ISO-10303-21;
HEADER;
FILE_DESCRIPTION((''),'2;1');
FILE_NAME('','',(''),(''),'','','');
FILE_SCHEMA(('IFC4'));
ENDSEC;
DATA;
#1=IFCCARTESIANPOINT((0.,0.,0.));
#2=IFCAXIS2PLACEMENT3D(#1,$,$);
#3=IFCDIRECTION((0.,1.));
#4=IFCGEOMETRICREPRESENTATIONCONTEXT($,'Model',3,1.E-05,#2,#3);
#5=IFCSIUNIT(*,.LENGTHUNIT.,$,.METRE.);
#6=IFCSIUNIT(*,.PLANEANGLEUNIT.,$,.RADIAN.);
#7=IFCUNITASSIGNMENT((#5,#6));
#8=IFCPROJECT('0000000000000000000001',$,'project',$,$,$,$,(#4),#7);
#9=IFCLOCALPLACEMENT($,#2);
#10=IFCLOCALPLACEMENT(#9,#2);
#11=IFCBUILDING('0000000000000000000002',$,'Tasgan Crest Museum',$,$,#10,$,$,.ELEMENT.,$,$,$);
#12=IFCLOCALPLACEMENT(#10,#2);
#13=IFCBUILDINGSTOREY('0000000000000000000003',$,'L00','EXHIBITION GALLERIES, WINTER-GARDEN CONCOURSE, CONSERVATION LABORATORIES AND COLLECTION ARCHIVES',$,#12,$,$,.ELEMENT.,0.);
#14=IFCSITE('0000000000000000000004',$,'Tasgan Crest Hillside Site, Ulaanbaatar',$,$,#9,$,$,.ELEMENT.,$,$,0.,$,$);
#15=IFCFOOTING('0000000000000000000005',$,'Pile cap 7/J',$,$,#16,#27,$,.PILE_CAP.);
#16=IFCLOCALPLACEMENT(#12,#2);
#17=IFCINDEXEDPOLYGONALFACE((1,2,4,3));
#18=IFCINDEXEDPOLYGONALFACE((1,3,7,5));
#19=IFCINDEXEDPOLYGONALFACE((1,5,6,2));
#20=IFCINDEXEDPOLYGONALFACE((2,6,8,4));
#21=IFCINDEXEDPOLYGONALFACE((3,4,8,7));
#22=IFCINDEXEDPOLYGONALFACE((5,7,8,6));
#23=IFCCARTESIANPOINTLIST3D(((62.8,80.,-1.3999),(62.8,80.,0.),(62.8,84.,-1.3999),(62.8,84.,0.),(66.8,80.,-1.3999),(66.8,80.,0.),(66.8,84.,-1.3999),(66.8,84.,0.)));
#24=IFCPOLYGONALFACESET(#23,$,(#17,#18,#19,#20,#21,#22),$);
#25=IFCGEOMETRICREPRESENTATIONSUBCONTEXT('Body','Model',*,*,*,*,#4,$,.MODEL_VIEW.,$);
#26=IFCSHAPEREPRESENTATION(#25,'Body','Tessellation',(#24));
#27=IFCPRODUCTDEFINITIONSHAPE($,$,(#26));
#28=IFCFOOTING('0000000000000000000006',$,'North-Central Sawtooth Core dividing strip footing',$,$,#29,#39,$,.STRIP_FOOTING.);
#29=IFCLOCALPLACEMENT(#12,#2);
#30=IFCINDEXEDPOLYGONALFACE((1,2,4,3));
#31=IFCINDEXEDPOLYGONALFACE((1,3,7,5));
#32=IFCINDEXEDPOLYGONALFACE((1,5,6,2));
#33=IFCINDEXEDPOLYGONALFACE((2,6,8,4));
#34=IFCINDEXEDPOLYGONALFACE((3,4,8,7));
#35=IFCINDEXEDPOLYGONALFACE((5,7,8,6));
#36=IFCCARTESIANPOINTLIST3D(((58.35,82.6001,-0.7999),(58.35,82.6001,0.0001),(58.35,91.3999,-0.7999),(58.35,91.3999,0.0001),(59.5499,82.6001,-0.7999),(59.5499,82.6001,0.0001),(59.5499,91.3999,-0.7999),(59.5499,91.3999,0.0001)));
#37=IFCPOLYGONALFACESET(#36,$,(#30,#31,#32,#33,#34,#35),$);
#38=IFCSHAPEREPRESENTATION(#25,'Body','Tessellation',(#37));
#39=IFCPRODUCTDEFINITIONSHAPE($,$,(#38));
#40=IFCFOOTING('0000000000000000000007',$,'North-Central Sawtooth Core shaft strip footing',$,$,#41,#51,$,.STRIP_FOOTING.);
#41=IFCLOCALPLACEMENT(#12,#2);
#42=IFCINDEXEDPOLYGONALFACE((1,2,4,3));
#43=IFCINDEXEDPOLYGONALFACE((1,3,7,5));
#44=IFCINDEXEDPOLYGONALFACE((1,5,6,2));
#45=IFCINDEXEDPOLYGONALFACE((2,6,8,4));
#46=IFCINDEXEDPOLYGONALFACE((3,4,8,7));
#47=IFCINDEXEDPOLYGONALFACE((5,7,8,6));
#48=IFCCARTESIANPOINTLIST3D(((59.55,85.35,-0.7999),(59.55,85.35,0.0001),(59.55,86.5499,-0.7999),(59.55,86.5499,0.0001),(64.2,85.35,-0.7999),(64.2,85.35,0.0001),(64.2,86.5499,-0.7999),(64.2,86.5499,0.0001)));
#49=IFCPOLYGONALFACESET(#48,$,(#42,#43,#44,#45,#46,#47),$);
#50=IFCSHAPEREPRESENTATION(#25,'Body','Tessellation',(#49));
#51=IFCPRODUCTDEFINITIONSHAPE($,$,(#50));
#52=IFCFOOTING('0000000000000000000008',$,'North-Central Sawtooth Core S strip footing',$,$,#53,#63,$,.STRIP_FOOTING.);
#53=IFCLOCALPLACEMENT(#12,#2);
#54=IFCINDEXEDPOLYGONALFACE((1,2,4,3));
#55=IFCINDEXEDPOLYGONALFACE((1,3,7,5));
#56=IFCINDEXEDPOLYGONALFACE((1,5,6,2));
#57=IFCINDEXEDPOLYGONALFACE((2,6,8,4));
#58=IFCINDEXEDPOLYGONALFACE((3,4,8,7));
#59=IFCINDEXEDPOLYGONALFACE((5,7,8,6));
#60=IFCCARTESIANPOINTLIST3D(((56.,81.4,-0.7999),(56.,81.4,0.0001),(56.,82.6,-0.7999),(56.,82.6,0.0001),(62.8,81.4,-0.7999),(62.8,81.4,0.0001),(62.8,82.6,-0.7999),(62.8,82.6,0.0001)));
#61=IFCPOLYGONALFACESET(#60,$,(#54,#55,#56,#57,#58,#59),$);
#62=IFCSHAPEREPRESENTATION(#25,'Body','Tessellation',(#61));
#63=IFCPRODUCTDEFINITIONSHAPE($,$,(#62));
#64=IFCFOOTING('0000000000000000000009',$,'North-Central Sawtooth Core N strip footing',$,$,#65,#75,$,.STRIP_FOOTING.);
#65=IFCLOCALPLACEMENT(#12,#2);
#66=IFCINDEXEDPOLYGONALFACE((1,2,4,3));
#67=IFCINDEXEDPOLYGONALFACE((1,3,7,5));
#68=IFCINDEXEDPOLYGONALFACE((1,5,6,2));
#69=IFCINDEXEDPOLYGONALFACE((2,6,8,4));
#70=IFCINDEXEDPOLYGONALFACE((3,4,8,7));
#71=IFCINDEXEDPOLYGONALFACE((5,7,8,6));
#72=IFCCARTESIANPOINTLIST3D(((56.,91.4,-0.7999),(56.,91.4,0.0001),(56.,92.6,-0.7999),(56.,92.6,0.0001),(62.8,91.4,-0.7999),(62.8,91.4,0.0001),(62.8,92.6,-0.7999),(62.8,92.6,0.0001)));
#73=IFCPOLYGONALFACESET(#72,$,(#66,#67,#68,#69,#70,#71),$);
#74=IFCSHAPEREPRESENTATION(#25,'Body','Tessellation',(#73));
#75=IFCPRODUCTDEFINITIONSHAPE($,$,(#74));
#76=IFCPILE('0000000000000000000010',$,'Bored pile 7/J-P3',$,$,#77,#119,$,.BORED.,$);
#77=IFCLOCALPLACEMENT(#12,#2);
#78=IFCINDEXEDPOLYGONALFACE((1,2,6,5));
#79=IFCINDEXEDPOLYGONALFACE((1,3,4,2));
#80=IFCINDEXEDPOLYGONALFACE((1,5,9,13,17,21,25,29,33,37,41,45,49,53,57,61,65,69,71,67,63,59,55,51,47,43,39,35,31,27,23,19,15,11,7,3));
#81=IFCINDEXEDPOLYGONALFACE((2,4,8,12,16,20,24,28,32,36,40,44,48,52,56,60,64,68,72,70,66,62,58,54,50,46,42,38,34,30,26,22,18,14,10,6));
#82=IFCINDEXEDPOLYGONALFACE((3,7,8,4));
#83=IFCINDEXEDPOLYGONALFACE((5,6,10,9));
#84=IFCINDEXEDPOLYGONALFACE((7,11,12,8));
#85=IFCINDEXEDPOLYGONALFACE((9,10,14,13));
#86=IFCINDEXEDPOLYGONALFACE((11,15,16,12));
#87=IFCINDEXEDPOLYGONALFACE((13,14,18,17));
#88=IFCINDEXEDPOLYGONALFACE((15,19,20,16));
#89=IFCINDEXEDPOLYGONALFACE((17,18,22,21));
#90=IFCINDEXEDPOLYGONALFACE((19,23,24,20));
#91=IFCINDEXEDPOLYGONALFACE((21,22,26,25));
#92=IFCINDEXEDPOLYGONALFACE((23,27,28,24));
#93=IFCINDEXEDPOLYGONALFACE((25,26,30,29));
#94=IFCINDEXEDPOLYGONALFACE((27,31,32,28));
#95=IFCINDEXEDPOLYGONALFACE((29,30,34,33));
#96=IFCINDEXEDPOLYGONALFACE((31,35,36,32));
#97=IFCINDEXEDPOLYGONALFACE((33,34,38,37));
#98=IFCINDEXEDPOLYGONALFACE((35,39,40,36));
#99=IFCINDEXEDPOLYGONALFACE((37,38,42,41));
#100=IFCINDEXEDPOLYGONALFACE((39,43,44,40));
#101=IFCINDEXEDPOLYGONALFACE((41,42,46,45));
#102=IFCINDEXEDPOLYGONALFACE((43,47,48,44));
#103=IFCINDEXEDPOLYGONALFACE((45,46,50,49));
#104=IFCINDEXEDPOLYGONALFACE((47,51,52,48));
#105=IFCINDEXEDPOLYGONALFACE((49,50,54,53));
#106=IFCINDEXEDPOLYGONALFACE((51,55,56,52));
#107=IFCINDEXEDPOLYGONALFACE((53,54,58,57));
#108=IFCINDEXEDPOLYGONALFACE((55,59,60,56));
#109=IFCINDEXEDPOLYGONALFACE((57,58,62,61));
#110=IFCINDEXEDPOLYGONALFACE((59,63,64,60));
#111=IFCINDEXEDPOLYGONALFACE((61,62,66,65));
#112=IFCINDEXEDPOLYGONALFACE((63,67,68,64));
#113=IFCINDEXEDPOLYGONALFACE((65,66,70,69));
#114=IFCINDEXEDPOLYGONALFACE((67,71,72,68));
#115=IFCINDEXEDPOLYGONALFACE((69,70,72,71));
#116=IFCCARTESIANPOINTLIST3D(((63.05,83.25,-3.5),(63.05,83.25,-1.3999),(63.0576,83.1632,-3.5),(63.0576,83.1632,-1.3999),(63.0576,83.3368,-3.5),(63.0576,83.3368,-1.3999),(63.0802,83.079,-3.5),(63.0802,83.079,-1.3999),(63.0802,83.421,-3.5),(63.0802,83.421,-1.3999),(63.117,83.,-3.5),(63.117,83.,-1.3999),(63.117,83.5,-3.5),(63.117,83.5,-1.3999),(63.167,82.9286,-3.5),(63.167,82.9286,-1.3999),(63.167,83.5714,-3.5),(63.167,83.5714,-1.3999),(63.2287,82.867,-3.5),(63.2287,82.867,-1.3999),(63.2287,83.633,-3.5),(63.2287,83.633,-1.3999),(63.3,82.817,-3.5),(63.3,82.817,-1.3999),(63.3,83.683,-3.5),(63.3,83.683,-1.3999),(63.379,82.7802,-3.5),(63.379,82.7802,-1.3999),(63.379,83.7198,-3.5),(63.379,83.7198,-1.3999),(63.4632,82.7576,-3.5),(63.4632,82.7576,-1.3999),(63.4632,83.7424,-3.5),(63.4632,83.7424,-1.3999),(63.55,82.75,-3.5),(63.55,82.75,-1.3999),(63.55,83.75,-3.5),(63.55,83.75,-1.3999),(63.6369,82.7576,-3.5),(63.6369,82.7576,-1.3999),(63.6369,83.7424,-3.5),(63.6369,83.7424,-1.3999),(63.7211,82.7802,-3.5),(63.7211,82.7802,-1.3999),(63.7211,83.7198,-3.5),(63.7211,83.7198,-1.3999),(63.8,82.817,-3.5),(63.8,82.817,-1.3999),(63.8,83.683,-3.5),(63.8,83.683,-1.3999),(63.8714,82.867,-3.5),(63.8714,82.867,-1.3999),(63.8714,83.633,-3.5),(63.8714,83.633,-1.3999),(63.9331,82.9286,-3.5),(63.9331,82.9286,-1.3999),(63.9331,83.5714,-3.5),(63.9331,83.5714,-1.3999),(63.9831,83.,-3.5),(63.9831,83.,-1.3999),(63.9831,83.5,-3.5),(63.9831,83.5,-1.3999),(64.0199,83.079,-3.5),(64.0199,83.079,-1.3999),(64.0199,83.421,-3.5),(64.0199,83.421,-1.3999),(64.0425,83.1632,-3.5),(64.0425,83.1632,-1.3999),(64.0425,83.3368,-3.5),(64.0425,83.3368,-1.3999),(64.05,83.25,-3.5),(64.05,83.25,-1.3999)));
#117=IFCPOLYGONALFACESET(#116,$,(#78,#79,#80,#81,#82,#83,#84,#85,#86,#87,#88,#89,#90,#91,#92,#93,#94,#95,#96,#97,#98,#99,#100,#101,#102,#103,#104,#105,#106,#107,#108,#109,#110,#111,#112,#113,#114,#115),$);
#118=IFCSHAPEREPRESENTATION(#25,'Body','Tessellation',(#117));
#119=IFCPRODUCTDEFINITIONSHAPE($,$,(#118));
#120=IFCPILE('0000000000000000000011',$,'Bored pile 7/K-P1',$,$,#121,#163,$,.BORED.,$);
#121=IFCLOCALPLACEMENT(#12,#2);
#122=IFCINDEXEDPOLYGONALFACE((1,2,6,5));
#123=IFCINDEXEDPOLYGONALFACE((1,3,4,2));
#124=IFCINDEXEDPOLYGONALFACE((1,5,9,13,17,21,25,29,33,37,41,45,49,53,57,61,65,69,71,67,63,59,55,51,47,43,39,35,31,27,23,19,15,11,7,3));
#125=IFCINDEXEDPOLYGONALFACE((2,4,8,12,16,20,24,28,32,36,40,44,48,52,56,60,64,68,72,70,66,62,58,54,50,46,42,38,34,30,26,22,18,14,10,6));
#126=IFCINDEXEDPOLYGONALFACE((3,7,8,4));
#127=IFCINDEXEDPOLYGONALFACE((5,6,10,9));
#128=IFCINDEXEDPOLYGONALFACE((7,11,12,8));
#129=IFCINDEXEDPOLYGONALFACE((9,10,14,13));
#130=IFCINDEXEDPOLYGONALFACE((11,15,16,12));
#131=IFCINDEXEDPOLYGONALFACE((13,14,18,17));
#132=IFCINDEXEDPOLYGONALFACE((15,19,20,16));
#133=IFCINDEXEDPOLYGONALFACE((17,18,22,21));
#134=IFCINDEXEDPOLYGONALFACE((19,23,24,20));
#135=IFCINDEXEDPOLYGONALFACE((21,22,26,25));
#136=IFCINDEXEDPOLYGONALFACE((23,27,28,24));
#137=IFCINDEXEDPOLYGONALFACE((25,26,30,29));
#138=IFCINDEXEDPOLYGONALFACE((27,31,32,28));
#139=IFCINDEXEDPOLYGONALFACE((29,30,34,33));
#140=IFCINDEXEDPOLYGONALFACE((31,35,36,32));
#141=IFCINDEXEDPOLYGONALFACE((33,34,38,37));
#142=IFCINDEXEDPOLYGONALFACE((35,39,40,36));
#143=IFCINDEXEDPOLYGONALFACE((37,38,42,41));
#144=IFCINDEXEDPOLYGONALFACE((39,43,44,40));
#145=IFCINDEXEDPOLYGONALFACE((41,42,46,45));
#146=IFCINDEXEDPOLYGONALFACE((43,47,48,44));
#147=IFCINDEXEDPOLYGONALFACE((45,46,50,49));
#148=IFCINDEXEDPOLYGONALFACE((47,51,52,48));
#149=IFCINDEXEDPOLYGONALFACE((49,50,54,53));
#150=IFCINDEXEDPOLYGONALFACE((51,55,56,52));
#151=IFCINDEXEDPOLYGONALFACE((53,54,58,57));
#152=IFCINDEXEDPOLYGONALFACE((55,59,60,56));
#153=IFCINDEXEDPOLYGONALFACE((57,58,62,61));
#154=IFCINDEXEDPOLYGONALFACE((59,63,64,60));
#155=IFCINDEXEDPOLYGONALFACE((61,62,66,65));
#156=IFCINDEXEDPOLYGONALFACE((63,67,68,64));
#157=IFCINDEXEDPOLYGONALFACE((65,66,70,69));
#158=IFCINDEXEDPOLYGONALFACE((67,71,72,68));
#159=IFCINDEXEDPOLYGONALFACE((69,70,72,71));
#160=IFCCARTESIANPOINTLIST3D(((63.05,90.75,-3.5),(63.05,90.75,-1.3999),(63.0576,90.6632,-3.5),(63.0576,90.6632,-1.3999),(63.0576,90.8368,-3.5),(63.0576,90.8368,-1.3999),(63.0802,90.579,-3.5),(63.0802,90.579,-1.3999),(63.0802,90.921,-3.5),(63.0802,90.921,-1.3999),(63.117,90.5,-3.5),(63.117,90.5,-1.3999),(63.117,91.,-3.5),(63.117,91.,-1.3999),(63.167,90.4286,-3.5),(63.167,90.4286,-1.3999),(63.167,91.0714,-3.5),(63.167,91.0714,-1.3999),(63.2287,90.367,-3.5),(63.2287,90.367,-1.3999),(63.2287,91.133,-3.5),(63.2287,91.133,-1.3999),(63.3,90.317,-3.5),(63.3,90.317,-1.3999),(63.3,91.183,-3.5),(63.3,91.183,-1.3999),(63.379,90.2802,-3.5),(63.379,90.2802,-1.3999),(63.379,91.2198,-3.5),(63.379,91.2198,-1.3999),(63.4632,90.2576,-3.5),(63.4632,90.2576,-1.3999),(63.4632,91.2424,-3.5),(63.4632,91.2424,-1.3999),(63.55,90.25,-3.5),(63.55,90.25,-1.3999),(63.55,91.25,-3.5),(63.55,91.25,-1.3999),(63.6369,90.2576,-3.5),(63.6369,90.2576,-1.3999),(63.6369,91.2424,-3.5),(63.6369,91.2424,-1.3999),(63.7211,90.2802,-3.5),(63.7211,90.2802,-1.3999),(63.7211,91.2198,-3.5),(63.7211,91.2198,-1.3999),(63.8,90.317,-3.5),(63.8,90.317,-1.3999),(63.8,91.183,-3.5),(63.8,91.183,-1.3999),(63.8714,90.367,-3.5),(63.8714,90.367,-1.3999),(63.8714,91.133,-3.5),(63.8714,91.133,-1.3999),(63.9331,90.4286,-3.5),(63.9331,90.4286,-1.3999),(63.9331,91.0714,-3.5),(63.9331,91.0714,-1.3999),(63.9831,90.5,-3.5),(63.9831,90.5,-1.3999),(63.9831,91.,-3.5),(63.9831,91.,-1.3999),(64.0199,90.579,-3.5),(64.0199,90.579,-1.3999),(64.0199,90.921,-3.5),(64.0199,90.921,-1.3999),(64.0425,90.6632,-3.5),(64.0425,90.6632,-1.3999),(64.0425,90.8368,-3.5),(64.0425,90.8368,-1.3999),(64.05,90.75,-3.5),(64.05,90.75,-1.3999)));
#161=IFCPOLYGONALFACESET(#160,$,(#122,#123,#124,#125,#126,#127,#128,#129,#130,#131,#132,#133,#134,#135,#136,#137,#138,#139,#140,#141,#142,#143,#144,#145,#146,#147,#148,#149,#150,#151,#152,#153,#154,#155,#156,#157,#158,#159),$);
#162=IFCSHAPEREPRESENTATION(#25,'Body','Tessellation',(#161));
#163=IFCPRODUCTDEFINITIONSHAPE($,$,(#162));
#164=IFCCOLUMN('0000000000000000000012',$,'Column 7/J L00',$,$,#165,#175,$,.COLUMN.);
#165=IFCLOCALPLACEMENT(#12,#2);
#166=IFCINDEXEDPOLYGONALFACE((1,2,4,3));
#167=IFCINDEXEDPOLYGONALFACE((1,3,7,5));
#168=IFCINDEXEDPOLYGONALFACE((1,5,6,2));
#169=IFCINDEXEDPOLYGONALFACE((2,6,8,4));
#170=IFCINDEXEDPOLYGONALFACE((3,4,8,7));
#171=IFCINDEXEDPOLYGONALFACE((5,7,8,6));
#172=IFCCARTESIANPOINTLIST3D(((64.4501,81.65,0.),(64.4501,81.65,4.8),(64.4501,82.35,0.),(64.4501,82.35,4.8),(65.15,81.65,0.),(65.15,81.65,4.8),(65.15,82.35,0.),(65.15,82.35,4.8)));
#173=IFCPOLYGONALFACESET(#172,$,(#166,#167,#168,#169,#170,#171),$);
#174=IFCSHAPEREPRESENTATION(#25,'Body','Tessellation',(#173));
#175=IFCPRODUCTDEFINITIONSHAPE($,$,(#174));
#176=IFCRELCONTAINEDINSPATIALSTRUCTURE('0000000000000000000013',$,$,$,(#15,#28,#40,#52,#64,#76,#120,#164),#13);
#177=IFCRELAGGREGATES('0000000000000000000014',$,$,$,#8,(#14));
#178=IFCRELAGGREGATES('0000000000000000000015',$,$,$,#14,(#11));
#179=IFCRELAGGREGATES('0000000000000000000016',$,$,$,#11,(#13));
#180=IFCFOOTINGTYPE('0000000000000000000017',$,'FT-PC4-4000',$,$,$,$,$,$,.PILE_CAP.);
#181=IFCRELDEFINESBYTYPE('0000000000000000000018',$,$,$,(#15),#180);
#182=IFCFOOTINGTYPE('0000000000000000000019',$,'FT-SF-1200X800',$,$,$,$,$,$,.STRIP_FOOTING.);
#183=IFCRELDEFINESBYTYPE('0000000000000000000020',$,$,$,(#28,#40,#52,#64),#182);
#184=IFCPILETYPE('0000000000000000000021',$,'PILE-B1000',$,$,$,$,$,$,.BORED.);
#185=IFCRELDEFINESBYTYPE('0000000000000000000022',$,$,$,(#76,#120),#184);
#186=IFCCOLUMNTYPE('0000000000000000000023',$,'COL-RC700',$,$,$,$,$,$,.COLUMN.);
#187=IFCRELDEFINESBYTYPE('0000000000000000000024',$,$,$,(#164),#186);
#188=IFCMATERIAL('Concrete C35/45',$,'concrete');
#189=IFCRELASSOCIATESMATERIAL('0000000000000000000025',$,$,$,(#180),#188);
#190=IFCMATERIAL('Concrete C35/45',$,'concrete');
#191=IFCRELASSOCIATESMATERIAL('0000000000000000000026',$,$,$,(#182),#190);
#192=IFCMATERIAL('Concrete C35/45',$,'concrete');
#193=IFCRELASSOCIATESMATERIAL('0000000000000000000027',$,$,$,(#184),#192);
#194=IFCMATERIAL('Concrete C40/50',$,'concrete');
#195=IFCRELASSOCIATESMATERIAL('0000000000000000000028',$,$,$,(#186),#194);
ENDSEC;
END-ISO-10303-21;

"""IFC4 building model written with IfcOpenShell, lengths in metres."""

from ifc_helpers import new_model, si_unit, direction, frame, origin, origin_2d, place, context, subcontext, project, spatial, rectangle, circle, extrude, material, material_profile, profile_set, type_object, element, save


model = new_model("IFC4")

# Units and contexts
model_context = context("Model", 3, precision=1e-05, world=origin(), true_north=direction((0.0, 1.0)))
body_context = subcontext(model_context, "Body", "Model", "MODEL_VIEW")
ifc_project = project(units=[si_unit("LENGTHUNIT", "METRE"), si_unit("PLANEANGLEUNIT", "RADIAN")], contexts=[model_context])

# Site, building, storey
site_placement = place(None, origin())
site = spatial("IfcSite", under=ifc_project, at=site_placement, Name="Tasgan Crest Hillside Site, Ulaanbaatar", CompositionType="ELEMENT", RefElevation=0.0)
building_placement = place(site_placement, origin())
building = spatial("IfcBuilding", under=site, at=building_placement, Name="Tasgan Crest Museum", CompositionType="ELEMENT")
storey_placement = place(building_placement, origin())
storey = spatial("IfcBuildingStorey", under=building, at=storey_placement, Name="L00", Description="EXHIBITION GALLERIES, WINTER-GARDEN CONCOURSE, CONSERVATION LABORATORIES AND COLLECTION ARCHIVES", CompositionType="ELEMENT", Elevation=0.0)

# Footings
ifc_material_1 = material(Name="Concrete C35/45", Category="concrete")
footing_type_1 = type_object("IfcFootingType", Name="FT-PC4-4000", PredefinedType="PILE_CAP", material=ifc_material_1)
footing_1_placement = place(storey_placement, frame((64.8, 82.0, -1.3999), z_axis=(0.0, 0.0, 1.0), x_axis=(1.0, 0.0, 0.0)))
element("IfcFooting", 1, at=footing_1_placement, inside=storey, type_object=footing_type_1, Name="Pile cap 7/J", PredefinedType="PILE_CAP", context=body_context, shape_type="SweptSolid", body=[
    extrude(rectangle(XDim=4.0, YDim=4.0, at=origin_2d()), origin(), (0.0, 0.0, 1.0), 1.3999),
])
ifc_material_2 = material(Name="Concrete C35/45", Category="concrete")
ifc_material_profile_1 = material_profile(ifc_material_2, rectangle(XDim=1.2, YDim=0.8, at=origin_2d()), Name="SF 1200x800")
ifc_profile_set_1 = profile_set([ifc_material_profile_1], Name="Concrete C35/45")
footing_type_2 = type_object("IfcFootingType", Name="FT-SF-1200X800", PredefinedType="STRIP_FOOTING", material=ifc_profile_set_1)
footing_2_placement = place(storey_placement, frame((58.95, 82.6001, -0.3999), z_axis=(0.0, 1.0, 0.0), x_axis=(-1.0, 0.0, 0.0)))
element("IfcFooting", 2, at=footing_2_placement, inside=storey, type_object=footing_type_2, Name="North-Central Sawtooth Core dividing strip footing", PredefinedType="STRIP_FOOTING", context=body_context, shape_type="SweptSolid", body=[
    extrude(rectangle(XDim=1.2, YDim=0.8, at=origin_2d()), origin(), (0.0, 0.0, 1.0), 8.7998),
])
footing_3_placement = place(storey_placement, frame((59.55, 85.95, -0.3999), z_axis=(1.0, 0.0, 0.0), x_axis=(0.0, 1.0, 0.0)))
element("IfcFooting", 3, at=footing_3_placement, inside=storey, type_object=footing_type_2, Name="North-Central Sawtooth Core shaft strip footing", PredefinedType="STRIP_FOOTING", context=body_context, shape_type="SweptSolid", body=[
    extrude(rectangle(XDim=1.2, YDim=0.8, at=origin_2d()), origin(), (0.0, 0.0, 1.0), 4.6499),
])
for number, where, z_axis, x_axis, name in (
    (4, (56.0, 82.0, -0.3999), (1.0, 0.0, 0.0), (0.0, 1.0, 0.0), "North-Central Sawtooth Core S strip footing"),
    (5, (56.0, 92.0, -0.3999), (1.0, 0.0, 0.0), (0.0, 1.0, 0.0), "North-Central Sawtooth Core N strip footing"),
):
    element("IfcFooting", number, at=place(storey_placement, frame(where, z_axis=z_axis, x_axis=x_axis)), inside=storey, type_object=footing_type_2, Name=name, PredefinedType="STRIP_FOOTING", context=body_context, shape_type="SweptSolid", body=[
        extrude(rectangle(XDim=1.2, YDim=0.8, at=origin_2d()), origin(), (0.0, 0.0, 1.0), 6.8),
    ])

# Piles
ifc_material_3 = material(Name="Concrete C35/45", Category="concrete")
ifc_material_profile_2 = material_profile(ifc_material_3, circle(Radius=0.5, at=origin_2d()), Name="PILE D1000")
ifc_profile_set_2 = profile_set([ifc_material_profile_2], Name="Concrete C35/45")
pile_type = type_object("IfcPileType", Name="PILE-B1000", PredefinedType="BORED", material=ifc_profile_set_2)
for number, where, z_axis, x_axis, name in (
    (6, (63.55, 83.25, -1.3999), (0.0, 0.0, -1.0), (1.0, 0.0, 0.0), "Bored pile 7/J-P3"),
    (7, (63.55, 90.75, -1.3999), (0.0, 0.0, -1.0), (1.0, 0.0, 0.0), "Bored pile 7/K-P1"),
):
    element("IfcPile", number, at=place(storey_placement, frame(where, z_axis=z_axis, x_axis=x_axis)), inside=storey, type_object=pile_type, Name=name, PredefinedType="BORED", context=body_context, shape_type="SweptSolid", body=[
        extrude(circle(Radius=0.5, at=origin_2d()), origin(), (0.0, 0.0, 1.0), 2.1001),
    ])

# Column
ifc_material_4 = material(Name="Concrete C40/50", Category="concrete")
ifc_material_profile_3 = material_profile(ifc_material_4, rectangle(XDim=0.7, YDim=0.7, at=origin_2d()), Name="RC 700x700")
ifc_profile_set_3 = profile_set([ifc_material_profile_3], Name="Concrete C40/50")
column_type = type_object("IfcColumnType", Name="COL-RC700", PredefinedType="COLUMN", material=ifc_profile_set_3)
column_placement = place(storey_placement, frame((64.8, 82.0, 0.0), z_axis=(0.0, 0.0, 1.0), x_axis=(1.0, 0.0, 0.0)))
element("IfcColumn", 8, at=column_placement, inside=storey, type_object=column_type, Name="Column 7/J L00", PredefinedType="COLUMN", context=body_context, shape_type="SweptSolid", body=[
    extrude(rectangle(XDim=0.7, YDim=0.7, at=origin_2d()), origin(), (0.0, 0.0, 1.0), 4.8),
])

save(model, "model.ifc")
